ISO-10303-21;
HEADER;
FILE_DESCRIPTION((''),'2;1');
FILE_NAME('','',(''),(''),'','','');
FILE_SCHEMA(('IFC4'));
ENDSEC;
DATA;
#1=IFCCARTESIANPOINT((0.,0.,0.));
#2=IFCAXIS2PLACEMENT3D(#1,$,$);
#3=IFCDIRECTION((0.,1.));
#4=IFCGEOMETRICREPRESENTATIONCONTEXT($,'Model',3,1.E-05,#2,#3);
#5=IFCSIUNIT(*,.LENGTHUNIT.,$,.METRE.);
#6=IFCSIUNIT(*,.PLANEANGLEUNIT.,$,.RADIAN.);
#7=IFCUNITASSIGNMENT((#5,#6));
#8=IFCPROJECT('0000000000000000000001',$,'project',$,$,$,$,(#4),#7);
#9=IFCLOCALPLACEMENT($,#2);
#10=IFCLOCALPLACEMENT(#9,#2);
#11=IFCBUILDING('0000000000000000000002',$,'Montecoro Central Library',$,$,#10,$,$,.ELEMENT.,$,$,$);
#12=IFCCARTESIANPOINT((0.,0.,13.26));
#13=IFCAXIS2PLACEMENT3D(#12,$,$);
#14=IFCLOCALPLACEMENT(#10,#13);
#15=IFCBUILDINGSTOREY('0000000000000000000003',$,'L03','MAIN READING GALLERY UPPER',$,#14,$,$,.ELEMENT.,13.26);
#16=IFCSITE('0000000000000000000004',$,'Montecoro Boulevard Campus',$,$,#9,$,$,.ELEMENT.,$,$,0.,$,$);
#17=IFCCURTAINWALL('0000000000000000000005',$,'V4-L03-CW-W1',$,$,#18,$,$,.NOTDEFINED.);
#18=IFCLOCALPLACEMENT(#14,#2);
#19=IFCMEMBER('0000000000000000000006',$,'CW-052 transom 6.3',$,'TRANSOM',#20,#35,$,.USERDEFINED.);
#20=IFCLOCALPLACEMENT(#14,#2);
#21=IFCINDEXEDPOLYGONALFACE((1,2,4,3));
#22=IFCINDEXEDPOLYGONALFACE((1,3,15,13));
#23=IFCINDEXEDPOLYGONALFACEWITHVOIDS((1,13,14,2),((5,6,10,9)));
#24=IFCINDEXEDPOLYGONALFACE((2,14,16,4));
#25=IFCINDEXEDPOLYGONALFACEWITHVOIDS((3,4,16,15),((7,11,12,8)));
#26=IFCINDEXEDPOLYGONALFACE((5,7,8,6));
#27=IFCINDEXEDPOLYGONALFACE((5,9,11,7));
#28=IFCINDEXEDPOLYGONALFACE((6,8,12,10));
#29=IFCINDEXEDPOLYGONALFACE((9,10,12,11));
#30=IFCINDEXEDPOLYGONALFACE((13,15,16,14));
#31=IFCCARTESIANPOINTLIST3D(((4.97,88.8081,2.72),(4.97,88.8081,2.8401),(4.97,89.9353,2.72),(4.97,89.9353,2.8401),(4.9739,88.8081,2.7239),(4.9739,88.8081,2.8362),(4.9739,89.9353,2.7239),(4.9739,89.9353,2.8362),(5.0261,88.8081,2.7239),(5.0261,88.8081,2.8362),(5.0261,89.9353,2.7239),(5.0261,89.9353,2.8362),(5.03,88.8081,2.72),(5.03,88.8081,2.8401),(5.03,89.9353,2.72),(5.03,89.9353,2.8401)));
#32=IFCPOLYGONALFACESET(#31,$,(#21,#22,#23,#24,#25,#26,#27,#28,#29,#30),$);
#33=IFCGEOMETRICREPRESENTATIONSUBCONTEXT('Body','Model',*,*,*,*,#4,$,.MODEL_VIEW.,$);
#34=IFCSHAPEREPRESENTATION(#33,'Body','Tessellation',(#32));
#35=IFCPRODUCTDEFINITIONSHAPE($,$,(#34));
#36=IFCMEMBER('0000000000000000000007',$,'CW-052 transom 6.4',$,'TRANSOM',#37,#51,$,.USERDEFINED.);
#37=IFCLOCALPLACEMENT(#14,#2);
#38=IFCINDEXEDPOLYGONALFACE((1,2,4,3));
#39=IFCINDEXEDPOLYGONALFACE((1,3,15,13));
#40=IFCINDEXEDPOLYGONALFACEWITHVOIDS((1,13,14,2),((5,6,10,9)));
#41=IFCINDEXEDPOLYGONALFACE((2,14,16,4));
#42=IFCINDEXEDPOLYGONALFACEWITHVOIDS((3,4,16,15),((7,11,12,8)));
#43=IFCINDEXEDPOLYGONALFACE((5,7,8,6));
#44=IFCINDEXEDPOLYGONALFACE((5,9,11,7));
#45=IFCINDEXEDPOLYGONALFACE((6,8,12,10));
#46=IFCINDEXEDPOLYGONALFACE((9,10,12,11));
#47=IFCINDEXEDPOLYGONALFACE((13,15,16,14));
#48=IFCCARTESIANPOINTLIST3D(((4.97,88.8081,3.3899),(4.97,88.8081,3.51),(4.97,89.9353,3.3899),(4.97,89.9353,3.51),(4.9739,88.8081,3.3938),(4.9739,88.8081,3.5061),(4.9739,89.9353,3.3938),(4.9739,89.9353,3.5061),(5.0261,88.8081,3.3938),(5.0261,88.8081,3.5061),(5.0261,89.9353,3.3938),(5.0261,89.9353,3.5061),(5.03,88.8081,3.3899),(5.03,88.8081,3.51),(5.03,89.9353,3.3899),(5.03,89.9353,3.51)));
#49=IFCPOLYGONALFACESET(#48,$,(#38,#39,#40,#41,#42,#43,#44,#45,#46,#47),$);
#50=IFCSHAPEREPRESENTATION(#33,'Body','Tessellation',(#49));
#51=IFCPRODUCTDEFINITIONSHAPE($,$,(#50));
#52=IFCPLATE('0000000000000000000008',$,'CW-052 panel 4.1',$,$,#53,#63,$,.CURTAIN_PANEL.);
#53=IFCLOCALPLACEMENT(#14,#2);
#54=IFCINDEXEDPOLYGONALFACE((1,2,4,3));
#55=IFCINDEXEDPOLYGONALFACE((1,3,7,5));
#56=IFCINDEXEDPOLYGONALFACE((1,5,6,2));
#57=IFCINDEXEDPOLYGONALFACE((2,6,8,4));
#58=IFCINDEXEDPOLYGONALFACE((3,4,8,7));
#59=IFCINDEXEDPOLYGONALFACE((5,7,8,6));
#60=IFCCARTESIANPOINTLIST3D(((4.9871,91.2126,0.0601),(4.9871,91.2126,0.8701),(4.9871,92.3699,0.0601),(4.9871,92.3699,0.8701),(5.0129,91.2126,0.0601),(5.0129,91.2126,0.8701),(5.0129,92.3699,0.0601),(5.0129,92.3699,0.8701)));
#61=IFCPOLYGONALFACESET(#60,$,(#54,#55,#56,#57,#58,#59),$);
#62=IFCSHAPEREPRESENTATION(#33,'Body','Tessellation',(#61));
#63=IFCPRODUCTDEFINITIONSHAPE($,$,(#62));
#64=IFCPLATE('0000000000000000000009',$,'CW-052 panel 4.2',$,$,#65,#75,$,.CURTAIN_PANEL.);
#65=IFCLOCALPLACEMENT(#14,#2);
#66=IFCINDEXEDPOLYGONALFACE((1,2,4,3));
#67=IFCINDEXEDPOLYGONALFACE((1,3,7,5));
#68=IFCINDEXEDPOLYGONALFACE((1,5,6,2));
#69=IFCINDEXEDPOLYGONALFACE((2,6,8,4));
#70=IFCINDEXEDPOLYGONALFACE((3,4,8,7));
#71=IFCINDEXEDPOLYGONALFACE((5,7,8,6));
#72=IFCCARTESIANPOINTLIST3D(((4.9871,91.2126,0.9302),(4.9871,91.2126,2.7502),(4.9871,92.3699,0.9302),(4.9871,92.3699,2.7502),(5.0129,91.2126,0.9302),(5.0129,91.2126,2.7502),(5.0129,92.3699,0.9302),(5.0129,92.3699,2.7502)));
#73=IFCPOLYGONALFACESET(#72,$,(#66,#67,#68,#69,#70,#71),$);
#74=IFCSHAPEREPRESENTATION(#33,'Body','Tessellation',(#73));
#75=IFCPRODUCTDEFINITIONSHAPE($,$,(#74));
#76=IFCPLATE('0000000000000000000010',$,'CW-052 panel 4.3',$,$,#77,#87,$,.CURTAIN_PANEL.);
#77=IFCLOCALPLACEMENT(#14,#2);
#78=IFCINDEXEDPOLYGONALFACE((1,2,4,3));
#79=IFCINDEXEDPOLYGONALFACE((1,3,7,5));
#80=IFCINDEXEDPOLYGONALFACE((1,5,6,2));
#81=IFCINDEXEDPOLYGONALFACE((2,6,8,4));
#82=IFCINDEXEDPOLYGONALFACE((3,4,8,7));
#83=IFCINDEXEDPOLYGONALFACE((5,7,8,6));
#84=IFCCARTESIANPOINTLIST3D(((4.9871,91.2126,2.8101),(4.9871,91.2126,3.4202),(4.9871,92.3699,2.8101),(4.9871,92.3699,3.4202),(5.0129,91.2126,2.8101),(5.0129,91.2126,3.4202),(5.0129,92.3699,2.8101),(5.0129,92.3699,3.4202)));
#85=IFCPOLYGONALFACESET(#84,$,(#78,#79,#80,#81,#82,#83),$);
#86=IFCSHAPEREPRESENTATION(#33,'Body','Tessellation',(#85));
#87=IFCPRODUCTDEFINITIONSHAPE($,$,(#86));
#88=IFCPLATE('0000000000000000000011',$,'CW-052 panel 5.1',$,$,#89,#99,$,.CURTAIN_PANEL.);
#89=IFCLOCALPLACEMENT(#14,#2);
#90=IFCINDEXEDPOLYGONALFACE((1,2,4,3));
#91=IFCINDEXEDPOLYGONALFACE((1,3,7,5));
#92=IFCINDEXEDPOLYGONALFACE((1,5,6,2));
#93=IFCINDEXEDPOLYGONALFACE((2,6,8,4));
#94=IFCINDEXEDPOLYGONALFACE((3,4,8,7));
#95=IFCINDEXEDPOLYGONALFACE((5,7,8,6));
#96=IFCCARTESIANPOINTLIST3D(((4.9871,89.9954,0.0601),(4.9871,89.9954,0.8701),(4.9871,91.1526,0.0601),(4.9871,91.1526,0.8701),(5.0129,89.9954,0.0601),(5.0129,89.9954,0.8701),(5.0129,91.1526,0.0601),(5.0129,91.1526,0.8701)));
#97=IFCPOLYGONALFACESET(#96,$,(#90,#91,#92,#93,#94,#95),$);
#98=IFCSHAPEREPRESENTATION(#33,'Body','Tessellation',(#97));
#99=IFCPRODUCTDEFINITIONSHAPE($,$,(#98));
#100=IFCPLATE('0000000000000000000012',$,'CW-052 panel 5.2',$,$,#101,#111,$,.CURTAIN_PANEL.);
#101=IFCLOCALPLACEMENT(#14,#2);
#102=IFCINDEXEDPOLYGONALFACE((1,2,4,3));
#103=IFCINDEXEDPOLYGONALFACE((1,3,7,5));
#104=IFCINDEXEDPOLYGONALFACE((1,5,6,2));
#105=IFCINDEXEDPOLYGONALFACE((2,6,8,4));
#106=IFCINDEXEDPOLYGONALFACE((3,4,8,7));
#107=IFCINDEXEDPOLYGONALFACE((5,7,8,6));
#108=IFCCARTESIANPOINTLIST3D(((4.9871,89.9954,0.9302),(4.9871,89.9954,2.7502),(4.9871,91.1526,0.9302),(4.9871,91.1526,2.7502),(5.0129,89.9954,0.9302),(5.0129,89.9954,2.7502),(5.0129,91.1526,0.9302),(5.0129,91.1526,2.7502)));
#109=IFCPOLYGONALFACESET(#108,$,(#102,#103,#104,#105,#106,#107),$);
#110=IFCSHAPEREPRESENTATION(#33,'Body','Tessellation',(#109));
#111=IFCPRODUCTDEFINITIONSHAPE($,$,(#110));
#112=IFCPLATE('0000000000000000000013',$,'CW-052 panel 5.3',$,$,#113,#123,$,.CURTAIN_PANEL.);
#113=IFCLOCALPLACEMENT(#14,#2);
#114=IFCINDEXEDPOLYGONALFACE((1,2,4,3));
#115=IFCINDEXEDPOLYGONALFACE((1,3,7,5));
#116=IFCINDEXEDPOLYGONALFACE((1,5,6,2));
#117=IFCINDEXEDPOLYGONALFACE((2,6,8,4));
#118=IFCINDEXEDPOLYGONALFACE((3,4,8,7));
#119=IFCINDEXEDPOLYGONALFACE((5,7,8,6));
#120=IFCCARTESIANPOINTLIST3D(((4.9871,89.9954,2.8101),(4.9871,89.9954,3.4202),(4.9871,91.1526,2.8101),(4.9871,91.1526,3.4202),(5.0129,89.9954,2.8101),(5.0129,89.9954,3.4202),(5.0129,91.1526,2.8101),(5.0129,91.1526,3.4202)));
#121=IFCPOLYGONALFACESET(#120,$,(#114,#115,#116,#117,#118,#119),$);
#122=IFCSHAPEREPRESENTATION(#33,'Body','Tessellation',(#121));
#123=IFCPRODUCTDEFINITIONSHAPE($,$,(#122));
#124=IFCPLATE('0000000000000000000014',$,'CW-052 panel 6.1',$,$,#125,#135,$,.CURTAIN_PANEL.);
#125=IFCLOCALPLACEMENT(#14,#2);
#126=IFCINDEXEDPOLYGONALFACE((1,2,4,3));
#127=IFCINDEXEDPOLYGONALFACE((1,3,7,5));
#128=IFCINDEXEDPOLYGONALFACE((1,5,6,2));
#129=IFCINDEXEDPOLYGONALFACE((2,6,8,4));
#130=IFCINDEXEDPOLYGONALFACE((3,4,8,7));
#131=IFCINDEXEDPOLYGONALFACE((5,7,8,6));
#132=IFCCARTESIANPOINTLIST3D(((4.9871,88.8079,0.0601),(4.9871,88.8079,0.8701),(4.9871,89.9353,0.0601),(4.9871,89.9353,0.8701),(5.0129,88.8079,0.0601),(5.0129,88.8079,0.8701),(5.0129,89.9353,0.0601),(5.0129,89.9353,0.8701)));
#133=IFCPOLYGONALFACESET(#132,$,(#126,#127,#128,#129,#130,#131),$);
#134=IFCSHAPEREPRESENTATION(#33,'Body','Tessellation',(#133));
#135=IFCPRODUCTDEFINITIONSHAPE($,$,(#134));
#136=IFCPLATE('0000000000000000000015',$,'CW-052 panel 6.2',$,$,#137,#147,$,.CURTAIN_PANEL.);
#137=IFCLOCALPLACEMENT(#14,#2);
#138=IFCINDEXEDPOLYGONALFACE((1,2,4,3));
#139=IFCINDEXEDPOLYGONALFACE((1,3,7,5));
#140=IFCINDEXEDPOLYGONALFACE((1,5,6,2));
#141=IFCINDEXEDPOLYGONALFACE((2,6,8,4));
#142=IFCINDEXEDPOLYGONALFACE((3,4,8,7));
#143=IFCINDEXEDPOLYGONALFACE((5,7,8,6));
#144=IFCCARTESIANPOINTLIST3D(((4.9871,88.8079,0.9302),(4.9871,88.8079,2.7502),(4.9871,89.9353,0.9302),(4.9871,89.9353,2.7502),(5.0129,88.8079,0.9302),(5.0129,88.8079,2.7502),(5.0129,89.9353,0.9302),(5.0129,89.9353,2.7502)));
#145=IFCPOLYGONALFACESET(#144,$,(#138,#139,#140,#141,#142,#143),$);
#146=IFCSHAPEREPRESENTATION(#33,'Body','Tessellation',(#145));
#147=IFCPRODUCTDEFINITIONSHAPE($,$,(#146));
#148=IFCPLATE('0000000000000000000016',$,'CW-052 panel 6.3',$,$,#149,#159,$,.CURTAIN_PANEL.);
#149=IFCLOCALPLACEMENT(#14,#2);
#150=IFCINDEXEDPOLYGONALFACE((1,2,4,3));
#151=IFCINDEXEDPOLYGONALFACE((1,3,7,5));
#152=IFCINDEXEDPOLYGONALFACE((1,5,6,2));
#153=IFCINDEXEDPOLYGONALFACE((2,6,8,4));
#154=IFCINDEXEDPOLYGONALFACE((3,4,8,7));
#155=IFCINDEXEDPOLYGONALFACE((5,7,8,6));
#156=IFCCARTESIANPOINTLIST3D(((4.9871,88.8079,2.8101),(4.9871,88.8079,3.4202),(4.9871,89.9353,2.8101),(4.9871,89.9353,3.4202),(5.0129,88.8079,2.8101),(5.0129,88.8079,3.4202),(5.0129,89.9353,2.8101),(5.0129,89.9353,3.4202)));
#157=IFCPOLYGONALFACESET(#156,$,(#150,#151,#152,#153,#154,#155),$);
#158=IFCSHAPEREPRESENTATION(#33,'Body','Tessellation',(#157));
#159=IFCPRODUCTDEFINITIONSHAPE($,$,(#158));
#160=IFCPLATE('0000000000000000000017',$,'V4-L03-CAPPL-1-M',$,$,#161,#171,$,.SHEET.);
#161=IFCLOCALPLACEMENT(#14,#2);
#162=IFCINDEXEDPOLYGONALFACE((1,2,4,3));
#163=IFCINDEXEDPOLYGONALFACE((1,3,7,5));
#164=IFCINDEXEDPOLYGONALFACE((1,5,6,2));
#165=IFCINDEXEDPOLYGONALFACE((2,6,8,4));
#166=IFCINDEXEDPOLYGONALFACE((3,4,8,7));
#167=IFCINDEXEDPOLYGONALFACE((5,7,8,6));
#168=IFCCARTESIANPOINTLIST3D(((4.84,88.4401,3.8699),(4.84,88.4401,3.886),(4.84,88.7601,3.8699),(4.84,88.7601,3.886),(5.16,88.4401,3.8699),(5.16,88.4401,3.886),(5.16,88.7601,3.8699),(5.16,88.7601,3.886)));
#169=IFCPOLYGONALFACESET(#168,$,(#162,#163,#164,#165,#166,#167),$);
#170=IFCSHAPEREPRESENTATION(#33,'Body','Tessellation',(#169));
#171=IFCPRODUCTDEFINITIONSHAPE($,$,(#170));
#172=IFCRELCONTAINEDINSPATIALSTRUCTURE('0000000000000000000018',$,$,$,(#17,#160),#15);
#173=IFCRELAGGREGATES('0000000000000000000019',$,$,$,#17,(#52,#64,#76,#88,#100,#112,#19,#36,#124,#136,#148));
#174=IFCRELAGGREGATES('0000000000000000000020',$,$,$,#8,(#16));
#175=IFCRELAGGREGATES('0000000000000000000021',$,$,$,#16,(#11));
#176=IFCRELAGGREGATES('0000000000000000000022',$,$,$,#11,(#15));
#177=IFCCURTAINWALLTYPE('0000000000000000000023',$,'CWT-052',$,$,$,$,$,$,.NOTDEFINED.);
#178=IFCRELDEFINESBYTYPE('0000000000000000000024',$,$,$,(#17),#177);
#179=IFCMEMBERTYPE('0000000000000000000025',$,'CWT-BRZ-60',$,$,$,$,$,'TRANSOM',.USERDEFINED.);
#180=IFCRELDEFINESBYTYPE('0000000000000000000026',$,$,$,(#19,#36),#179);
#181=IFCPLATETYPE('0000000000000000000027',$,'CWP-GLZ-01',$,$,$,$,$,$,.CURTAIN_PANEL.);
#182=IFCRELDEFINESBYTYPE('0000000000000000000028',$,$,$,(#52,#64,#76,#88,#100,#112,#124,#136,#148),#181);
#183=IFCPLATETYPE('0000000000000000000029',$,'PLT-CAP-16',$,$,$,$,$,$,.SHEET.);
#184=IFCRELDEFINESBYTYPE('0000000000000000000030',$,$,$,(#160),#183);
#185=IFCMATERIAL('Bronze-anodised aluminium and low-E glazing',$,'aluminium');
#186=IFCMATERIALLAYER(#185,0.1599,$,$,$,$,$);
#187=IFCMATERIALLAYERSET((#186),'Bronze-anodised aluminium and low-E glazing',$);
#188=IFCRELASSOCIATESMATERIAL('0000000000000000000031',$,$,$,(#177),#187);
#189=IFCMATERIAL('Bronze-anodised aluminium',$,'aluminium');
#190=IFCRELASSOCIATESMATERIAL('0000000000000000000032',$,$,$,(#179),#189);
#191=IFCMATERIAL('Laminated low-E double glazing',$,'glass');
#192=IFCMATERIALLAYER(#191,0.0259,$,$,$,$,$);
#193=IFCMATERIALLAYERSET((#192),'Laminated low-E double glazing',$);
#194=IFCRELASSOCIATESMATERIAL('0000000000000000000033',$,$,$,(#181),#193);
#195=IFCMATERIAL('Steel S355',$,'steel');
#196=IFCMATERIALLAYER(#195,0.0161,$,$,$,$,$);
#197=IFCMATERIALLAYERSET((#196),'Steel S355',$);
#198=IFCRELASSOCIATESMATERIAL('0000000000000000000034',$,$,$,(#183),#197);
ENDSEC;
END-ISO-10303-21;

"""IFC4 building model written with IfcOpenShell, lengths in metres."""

from ifc_helpers import new_model, si_unit, direction, frame, origin, origin_2d, place, context, subcontext, project, spatial, rectangle, hollow_rectangle, extrude, material, layer, layer_set, material_profile, profile_set, type_object, element, aggregate, save


model = new_model("IFC4")

# Units and contexts
model_context = context("Model", 3, precision=1e-05, world=origin(), true_north=direction((0.0, 1.0)))
body_context = subcontext(model_context, "Body", "Model", "MODEL_VIEW")
ifc_project = project(units=[si_unit("LENGTHUNIT", "METRE"), si_unit("PLANEANGLEUNIT", "RADIAN")], contexts=[model_context])

# Site, building, storey
site_placement = place(None, origin())
site = spatial("IfcSite", under=ifc_project, at=site_placement, Name="Montecoro Boulevard Campus", CompositionType="ELEMENT", RefElevation=0.0)
building_placement = place(site_placement, origin())
building = spatial("IfcBuilding", under=site, at=building_placement, Name="Montecoro Central Library", CompositionType="ELEMENT")
storey_placement = place(building_placement, frame((0.0, 0.0, 13.26)))
storey = spatial("IfcBuildingStorey", under=building, at=storey_placement, Name="L03", Description="MAIN READING GALLERY UPPER", CompositionType="ELEMENT", Elevation=13.26)

# Shared definitions
ifc_material_1 = material(Name="Steel S355", Category="steel")

# Curtain wall, members, plates
ifc_material_2 = material(Name="Bronze-anodised aluminium and low-E glazing", Category="aluminium")
ifc_layer_1 = layer(ifc_material_2, 0.1599)
ifc_layer_set_1 = layer_set([ifc_layer_1], Name="Bronze-anodised aluminium and low-E glazing")
curtain_wall_type = type_object("IfcCurtainWallType", Name="CWT-052", PredefinedType="NOTDEFINED", material=ifc_layer_set_1)
curtain_wall_placement = place(storey_placement, origin())
curtain_wall = element("IfcCurtainWall", 1, at=curtain_wall_placement, inside=storey, type_object=curtain_wall_type, Name="V4-L03-CW-W1", PredefinedType="NOTDEFINED")
ifc_material_3 = material(Name="Bronze-anodised aluminium", Category="aluminium")
ifc_material_profile_1 = material_profile(ifc_material_3, hollow_rectangle(XDim=0.0601, YDim=0.1201, WallThickness=0.0039, at=origin_2d()), Name="CWT 120x60x4.0")
ifc_profile_set_1 = profile_set([ifc_material_profile_1], Name="Bronze-anodised aluminium")
member_type_1 = type_object("IfcMemberType", Name="CWT-BRZ-60", ElementType="TRANSOM", PredefinedType="USERDEFINED", material=ifc_profile_set_1)
member_1_placement = place(storey_placement, frame((5.0, 89.9353, 2.78), z_axis=(0.0, -1.0, 0.0), x_axis=(1.0, 0.0, 0.0)))
member_1 = element("IfcMember", 2, at=member_1_placement, type_object=member_type_1, Name="CW-052 transom 6.3", ObjectType="TRANSOM", PredefinedType="USERDEFINED", context=body_context, shape_type="SweptSolid", body=[
    extrude(hollow_rectangle(XDim=0.0601, YDim=0.1201, WallThickness=0.0039, at=origin_2d()), origin(), (0.0, 0.0, 1.0), 1.1272),
])
member_2_placement = place(storey_placement, frame((5.0, 89.9353, 3.45), z_axis=(0.0, -1.0, 0.0), x_axis=(1.0, 0.0, 0.0)))
member_2 = element("IfcMember", 3, at=member_2_placement, type_object=member_type_1, Name="CW-052 transom 6.4", ObjectType="TRANSOM", PredefinedType="USERDEFINED", context=body_context, shape_type="SweptSolid", body=[
    extrude(hollow_rectangle(XDim=0.0601, YDim=0.1201, WallThickness=0.0039, at=origin_2d()), origin(), (0.0, 0.0, 1.0), 1.1272),
])
ifc_material_4 = material(Name="Laminated low-E double glazing", Category="glass")
ifc_layer_2 = layer(ifc_material_4, 0.0259)
ifc_layer_set_2 = layer_set([ifc_layer_2], Name="Laminated low-E double glazing")
plate_type_1 = type_object("IfcPlateType", Name="CWP-GLZ-01", PredefinedType="CURTAIN_PANEL", material=ifc_layer_set_2)
plate_1_placement = place(storey_placement, frame((5.0, 91.7913, 0.0601), z_axis=(0.0, 0.0, 1.0), x_axis=(0.0, -1.0, 0.0)))
plate_1 = element("IfcPlate", 4, at=plate_1_placement, type_object=plate_type_1, Name="CW-052 panel 4.1", PredefinedType="CURTAIN_PANEL", context=body_context, shape_type="SweptSolid", body=[
    extrude(rectangle(XDim=1.1572, YDim=0.0259, at=origin_2d()), origin(), (0.0, 0.0, 1.0), 0.8101),
])
plate_2_placement = place(storey_placement, frame((5.0, 91.7913, 0.9302), z_axis=(0.0, 0.0, 1.0), x_axis=(0.0, -1.0, 0.0)))
plate_2 = element("IfcPlate", 5, at=plate_2_placement, type_object=plate_type_1, Name="CW-052 panel 4.2", PredefinedType="CURTAIN_PANEL", context=body_context, shape_type="SweptSolid", body=[
    extrude(rectangle(XDim=1.1572, YDim=0.0259, at=origin_2d()), origin(), (0.0, 0.0, 1.0), 1.8201),
])
plate_3_placement = place(storey_placement, frame((5.0, 91.7913, 2.8101), z_axis=(0.0, 0.0, 1.0), x_axis=(0.0, -1.0, 0.0)))
plate_3 = element("IfcPlate", 6, at=plate_3_placement, type_object=plate_type_1, Name="CW-052 panel 4.3", PredefinedType="CURTAIN_PANEL", context=body_context, shape_type="SweptSolid", body=[
    extrude(rectangle(XDim=1.1572, YDim=0.0259, at=origin_2d()), origin(), (0.0, 0.0, 1.0), 0.6101),
])
plate_4_placement = place(storey_placement, frame((5.0, 90.574, 0.0601), z_axis=(0.0, 0.0, 1.0), x_axis=(0.0, -1.0, 0.0)))
plate_4 = element("IfcPlate", 7, at=plate_4_placement, type_object=plate_type_1, Name="CW-052 panel 5.1", PredefinedType="CURTAIN_PANEL", context=body_context, shape_type="SweptSolid", body=[
    extrude(rectangle(XDim=1.1572, YDim=0.0259, at=origin_2d()), origin(), (0.0, 0.0, 1.0), 0.8101),
])
plate_5_placement = place(storey_placement, frame((5.0, 90.574, 0.9302), z_axis=(0.0, 0.0, 1.0), x_axis=(0.0, -1.0, 0.0)))
plate_5 = element("IfcPlate", 8, at=plate_5_placement, type_object=plate_type_1, Name="CW-052 panel 5.2", PredefinedType="CURTAIN_PANEL", context=body_context, shape_type="SweptSolid", body=[
    extrude(rectangle(XDim=1.1572, YDim=0.0259, at=origin_2d()), origin(), (0.0, 0.0, 1.0), 1.8201),
])
plate_6_placement = place(storey_placement, frame((5.0, 90.574, 2.8101), z_axis=(0.0, 0.0, 1.0), x_axis=(0.0, -1.0, 0.0)))
plate_6 = element("IfcPlate", 9, at=plate_6_placement, type_object=plate_type_1, Name="CW-052 panel 5.3", PredefinedType="CURTAIN_PANEL", context=body_context, shape_type="SweptSolid", body=[
    extrude(rectangle(XDim=1.1572, YDim=0.0259, at=origin_2d()), origin(), (0.0, 0.0, 1.0), 0.6101),
])
plate_7_placement = place(storey_placement, frame((5.0, 89.3716, 0.0601), z_axis=(0.0, 0.0, 1.0), x_axis=(0.0, -1.0, 0.0)))
plate_7 = element("IfcPlate", 10, at=plate_7_placement, type_object=plate_type_1, Name="CW-052 panel 6.1", PredefinedType="CURTAIN_PANEL", context=body_context, shape_type="SweptSolid", body=[
    extrude(rectangle(XDim=1.1274, YDim=0.0259, at=origin_2d()), origin(), (0.0, 0.0, 1.0), 0.8101),
])
plate_8_placement = place(storey_placement, frame((5.0, 89.3716, 0.9302), z_axis=(0.0, 0.0, 1.0), x_axis=(0.0, -1.0, 0.0)))
plate_8 = element("IfcPlate", 11, at=plate_8_placement, type_object=plate_type_1, Name="CW-052 panel 6.2", PredefinedType="CURTAIN_PANEL", context=body_context, shape_type="SweptSolid", body=[
    extrude(rectangle(XDim=1.1274, YDim=0.0259, at=origin_2d()), origin(), (0.0, 0.0, 1.0), 1.8201),
])
plate_9_placement = place(storey_placement, frame((5.0, 89.3716, 2.8101), z_axis=(0.0, 0.0, 1.0), x_axis=(0.0, -1.0, 0.0)))
plate_9 = element("IfcPlate", 12, at=plate_9_placement, type_object=plate_type_1, Name="CW-052 panel 6.3", PredefinedType="CURTAIN_PANEL", context=body_context, shape_type="SweptSolid", body=[
    extrude(rectangle(XDim=1.1274, YDim=0.0259, at=origin_2d()), origin(), (0.0, 0.0, 1.0), 0.6101),
])
aggregate(curtain_wall, [plate_1, plate_2, plate_3, plate_4, plate_5, plate_6, member_1, member_2, plate_7, plate_8, plate_9])

# Plate
ifc_layer_3 = layer(ifc_material_1, 0.0161)
ifc_layer_set_3 = layer_set([ifc_layer_3], Name="Steel S355")
plate_type_2 = type_object("IfcPlateType", Name="PLT-CAP-16", PredefinedType="SHEET", material=ifc_layer_set_3)
plate_10_placement = place(storey_placement, frame((5.0, 88.6001, 3.8699), z_axis=(0.0, 0.0, 1.0), x_axis=(1.0, 0.0, 0.0)))
element("IfcPlate", 13, at=plate_10_placement, inside=storey, type_object=plate_type_2, Name="V4-L03-CAPPL-1-M", PredefinedType="SHEET", context=body_context, shape_type="SweptSolid", body=[
    extrude(rectangle(XDim=0.3201, YDim=0.3201, at=origin_2d()), origin(), (0.0, 0.0, 1.0), 0.0161),
])

save(model, "model.ifc")
